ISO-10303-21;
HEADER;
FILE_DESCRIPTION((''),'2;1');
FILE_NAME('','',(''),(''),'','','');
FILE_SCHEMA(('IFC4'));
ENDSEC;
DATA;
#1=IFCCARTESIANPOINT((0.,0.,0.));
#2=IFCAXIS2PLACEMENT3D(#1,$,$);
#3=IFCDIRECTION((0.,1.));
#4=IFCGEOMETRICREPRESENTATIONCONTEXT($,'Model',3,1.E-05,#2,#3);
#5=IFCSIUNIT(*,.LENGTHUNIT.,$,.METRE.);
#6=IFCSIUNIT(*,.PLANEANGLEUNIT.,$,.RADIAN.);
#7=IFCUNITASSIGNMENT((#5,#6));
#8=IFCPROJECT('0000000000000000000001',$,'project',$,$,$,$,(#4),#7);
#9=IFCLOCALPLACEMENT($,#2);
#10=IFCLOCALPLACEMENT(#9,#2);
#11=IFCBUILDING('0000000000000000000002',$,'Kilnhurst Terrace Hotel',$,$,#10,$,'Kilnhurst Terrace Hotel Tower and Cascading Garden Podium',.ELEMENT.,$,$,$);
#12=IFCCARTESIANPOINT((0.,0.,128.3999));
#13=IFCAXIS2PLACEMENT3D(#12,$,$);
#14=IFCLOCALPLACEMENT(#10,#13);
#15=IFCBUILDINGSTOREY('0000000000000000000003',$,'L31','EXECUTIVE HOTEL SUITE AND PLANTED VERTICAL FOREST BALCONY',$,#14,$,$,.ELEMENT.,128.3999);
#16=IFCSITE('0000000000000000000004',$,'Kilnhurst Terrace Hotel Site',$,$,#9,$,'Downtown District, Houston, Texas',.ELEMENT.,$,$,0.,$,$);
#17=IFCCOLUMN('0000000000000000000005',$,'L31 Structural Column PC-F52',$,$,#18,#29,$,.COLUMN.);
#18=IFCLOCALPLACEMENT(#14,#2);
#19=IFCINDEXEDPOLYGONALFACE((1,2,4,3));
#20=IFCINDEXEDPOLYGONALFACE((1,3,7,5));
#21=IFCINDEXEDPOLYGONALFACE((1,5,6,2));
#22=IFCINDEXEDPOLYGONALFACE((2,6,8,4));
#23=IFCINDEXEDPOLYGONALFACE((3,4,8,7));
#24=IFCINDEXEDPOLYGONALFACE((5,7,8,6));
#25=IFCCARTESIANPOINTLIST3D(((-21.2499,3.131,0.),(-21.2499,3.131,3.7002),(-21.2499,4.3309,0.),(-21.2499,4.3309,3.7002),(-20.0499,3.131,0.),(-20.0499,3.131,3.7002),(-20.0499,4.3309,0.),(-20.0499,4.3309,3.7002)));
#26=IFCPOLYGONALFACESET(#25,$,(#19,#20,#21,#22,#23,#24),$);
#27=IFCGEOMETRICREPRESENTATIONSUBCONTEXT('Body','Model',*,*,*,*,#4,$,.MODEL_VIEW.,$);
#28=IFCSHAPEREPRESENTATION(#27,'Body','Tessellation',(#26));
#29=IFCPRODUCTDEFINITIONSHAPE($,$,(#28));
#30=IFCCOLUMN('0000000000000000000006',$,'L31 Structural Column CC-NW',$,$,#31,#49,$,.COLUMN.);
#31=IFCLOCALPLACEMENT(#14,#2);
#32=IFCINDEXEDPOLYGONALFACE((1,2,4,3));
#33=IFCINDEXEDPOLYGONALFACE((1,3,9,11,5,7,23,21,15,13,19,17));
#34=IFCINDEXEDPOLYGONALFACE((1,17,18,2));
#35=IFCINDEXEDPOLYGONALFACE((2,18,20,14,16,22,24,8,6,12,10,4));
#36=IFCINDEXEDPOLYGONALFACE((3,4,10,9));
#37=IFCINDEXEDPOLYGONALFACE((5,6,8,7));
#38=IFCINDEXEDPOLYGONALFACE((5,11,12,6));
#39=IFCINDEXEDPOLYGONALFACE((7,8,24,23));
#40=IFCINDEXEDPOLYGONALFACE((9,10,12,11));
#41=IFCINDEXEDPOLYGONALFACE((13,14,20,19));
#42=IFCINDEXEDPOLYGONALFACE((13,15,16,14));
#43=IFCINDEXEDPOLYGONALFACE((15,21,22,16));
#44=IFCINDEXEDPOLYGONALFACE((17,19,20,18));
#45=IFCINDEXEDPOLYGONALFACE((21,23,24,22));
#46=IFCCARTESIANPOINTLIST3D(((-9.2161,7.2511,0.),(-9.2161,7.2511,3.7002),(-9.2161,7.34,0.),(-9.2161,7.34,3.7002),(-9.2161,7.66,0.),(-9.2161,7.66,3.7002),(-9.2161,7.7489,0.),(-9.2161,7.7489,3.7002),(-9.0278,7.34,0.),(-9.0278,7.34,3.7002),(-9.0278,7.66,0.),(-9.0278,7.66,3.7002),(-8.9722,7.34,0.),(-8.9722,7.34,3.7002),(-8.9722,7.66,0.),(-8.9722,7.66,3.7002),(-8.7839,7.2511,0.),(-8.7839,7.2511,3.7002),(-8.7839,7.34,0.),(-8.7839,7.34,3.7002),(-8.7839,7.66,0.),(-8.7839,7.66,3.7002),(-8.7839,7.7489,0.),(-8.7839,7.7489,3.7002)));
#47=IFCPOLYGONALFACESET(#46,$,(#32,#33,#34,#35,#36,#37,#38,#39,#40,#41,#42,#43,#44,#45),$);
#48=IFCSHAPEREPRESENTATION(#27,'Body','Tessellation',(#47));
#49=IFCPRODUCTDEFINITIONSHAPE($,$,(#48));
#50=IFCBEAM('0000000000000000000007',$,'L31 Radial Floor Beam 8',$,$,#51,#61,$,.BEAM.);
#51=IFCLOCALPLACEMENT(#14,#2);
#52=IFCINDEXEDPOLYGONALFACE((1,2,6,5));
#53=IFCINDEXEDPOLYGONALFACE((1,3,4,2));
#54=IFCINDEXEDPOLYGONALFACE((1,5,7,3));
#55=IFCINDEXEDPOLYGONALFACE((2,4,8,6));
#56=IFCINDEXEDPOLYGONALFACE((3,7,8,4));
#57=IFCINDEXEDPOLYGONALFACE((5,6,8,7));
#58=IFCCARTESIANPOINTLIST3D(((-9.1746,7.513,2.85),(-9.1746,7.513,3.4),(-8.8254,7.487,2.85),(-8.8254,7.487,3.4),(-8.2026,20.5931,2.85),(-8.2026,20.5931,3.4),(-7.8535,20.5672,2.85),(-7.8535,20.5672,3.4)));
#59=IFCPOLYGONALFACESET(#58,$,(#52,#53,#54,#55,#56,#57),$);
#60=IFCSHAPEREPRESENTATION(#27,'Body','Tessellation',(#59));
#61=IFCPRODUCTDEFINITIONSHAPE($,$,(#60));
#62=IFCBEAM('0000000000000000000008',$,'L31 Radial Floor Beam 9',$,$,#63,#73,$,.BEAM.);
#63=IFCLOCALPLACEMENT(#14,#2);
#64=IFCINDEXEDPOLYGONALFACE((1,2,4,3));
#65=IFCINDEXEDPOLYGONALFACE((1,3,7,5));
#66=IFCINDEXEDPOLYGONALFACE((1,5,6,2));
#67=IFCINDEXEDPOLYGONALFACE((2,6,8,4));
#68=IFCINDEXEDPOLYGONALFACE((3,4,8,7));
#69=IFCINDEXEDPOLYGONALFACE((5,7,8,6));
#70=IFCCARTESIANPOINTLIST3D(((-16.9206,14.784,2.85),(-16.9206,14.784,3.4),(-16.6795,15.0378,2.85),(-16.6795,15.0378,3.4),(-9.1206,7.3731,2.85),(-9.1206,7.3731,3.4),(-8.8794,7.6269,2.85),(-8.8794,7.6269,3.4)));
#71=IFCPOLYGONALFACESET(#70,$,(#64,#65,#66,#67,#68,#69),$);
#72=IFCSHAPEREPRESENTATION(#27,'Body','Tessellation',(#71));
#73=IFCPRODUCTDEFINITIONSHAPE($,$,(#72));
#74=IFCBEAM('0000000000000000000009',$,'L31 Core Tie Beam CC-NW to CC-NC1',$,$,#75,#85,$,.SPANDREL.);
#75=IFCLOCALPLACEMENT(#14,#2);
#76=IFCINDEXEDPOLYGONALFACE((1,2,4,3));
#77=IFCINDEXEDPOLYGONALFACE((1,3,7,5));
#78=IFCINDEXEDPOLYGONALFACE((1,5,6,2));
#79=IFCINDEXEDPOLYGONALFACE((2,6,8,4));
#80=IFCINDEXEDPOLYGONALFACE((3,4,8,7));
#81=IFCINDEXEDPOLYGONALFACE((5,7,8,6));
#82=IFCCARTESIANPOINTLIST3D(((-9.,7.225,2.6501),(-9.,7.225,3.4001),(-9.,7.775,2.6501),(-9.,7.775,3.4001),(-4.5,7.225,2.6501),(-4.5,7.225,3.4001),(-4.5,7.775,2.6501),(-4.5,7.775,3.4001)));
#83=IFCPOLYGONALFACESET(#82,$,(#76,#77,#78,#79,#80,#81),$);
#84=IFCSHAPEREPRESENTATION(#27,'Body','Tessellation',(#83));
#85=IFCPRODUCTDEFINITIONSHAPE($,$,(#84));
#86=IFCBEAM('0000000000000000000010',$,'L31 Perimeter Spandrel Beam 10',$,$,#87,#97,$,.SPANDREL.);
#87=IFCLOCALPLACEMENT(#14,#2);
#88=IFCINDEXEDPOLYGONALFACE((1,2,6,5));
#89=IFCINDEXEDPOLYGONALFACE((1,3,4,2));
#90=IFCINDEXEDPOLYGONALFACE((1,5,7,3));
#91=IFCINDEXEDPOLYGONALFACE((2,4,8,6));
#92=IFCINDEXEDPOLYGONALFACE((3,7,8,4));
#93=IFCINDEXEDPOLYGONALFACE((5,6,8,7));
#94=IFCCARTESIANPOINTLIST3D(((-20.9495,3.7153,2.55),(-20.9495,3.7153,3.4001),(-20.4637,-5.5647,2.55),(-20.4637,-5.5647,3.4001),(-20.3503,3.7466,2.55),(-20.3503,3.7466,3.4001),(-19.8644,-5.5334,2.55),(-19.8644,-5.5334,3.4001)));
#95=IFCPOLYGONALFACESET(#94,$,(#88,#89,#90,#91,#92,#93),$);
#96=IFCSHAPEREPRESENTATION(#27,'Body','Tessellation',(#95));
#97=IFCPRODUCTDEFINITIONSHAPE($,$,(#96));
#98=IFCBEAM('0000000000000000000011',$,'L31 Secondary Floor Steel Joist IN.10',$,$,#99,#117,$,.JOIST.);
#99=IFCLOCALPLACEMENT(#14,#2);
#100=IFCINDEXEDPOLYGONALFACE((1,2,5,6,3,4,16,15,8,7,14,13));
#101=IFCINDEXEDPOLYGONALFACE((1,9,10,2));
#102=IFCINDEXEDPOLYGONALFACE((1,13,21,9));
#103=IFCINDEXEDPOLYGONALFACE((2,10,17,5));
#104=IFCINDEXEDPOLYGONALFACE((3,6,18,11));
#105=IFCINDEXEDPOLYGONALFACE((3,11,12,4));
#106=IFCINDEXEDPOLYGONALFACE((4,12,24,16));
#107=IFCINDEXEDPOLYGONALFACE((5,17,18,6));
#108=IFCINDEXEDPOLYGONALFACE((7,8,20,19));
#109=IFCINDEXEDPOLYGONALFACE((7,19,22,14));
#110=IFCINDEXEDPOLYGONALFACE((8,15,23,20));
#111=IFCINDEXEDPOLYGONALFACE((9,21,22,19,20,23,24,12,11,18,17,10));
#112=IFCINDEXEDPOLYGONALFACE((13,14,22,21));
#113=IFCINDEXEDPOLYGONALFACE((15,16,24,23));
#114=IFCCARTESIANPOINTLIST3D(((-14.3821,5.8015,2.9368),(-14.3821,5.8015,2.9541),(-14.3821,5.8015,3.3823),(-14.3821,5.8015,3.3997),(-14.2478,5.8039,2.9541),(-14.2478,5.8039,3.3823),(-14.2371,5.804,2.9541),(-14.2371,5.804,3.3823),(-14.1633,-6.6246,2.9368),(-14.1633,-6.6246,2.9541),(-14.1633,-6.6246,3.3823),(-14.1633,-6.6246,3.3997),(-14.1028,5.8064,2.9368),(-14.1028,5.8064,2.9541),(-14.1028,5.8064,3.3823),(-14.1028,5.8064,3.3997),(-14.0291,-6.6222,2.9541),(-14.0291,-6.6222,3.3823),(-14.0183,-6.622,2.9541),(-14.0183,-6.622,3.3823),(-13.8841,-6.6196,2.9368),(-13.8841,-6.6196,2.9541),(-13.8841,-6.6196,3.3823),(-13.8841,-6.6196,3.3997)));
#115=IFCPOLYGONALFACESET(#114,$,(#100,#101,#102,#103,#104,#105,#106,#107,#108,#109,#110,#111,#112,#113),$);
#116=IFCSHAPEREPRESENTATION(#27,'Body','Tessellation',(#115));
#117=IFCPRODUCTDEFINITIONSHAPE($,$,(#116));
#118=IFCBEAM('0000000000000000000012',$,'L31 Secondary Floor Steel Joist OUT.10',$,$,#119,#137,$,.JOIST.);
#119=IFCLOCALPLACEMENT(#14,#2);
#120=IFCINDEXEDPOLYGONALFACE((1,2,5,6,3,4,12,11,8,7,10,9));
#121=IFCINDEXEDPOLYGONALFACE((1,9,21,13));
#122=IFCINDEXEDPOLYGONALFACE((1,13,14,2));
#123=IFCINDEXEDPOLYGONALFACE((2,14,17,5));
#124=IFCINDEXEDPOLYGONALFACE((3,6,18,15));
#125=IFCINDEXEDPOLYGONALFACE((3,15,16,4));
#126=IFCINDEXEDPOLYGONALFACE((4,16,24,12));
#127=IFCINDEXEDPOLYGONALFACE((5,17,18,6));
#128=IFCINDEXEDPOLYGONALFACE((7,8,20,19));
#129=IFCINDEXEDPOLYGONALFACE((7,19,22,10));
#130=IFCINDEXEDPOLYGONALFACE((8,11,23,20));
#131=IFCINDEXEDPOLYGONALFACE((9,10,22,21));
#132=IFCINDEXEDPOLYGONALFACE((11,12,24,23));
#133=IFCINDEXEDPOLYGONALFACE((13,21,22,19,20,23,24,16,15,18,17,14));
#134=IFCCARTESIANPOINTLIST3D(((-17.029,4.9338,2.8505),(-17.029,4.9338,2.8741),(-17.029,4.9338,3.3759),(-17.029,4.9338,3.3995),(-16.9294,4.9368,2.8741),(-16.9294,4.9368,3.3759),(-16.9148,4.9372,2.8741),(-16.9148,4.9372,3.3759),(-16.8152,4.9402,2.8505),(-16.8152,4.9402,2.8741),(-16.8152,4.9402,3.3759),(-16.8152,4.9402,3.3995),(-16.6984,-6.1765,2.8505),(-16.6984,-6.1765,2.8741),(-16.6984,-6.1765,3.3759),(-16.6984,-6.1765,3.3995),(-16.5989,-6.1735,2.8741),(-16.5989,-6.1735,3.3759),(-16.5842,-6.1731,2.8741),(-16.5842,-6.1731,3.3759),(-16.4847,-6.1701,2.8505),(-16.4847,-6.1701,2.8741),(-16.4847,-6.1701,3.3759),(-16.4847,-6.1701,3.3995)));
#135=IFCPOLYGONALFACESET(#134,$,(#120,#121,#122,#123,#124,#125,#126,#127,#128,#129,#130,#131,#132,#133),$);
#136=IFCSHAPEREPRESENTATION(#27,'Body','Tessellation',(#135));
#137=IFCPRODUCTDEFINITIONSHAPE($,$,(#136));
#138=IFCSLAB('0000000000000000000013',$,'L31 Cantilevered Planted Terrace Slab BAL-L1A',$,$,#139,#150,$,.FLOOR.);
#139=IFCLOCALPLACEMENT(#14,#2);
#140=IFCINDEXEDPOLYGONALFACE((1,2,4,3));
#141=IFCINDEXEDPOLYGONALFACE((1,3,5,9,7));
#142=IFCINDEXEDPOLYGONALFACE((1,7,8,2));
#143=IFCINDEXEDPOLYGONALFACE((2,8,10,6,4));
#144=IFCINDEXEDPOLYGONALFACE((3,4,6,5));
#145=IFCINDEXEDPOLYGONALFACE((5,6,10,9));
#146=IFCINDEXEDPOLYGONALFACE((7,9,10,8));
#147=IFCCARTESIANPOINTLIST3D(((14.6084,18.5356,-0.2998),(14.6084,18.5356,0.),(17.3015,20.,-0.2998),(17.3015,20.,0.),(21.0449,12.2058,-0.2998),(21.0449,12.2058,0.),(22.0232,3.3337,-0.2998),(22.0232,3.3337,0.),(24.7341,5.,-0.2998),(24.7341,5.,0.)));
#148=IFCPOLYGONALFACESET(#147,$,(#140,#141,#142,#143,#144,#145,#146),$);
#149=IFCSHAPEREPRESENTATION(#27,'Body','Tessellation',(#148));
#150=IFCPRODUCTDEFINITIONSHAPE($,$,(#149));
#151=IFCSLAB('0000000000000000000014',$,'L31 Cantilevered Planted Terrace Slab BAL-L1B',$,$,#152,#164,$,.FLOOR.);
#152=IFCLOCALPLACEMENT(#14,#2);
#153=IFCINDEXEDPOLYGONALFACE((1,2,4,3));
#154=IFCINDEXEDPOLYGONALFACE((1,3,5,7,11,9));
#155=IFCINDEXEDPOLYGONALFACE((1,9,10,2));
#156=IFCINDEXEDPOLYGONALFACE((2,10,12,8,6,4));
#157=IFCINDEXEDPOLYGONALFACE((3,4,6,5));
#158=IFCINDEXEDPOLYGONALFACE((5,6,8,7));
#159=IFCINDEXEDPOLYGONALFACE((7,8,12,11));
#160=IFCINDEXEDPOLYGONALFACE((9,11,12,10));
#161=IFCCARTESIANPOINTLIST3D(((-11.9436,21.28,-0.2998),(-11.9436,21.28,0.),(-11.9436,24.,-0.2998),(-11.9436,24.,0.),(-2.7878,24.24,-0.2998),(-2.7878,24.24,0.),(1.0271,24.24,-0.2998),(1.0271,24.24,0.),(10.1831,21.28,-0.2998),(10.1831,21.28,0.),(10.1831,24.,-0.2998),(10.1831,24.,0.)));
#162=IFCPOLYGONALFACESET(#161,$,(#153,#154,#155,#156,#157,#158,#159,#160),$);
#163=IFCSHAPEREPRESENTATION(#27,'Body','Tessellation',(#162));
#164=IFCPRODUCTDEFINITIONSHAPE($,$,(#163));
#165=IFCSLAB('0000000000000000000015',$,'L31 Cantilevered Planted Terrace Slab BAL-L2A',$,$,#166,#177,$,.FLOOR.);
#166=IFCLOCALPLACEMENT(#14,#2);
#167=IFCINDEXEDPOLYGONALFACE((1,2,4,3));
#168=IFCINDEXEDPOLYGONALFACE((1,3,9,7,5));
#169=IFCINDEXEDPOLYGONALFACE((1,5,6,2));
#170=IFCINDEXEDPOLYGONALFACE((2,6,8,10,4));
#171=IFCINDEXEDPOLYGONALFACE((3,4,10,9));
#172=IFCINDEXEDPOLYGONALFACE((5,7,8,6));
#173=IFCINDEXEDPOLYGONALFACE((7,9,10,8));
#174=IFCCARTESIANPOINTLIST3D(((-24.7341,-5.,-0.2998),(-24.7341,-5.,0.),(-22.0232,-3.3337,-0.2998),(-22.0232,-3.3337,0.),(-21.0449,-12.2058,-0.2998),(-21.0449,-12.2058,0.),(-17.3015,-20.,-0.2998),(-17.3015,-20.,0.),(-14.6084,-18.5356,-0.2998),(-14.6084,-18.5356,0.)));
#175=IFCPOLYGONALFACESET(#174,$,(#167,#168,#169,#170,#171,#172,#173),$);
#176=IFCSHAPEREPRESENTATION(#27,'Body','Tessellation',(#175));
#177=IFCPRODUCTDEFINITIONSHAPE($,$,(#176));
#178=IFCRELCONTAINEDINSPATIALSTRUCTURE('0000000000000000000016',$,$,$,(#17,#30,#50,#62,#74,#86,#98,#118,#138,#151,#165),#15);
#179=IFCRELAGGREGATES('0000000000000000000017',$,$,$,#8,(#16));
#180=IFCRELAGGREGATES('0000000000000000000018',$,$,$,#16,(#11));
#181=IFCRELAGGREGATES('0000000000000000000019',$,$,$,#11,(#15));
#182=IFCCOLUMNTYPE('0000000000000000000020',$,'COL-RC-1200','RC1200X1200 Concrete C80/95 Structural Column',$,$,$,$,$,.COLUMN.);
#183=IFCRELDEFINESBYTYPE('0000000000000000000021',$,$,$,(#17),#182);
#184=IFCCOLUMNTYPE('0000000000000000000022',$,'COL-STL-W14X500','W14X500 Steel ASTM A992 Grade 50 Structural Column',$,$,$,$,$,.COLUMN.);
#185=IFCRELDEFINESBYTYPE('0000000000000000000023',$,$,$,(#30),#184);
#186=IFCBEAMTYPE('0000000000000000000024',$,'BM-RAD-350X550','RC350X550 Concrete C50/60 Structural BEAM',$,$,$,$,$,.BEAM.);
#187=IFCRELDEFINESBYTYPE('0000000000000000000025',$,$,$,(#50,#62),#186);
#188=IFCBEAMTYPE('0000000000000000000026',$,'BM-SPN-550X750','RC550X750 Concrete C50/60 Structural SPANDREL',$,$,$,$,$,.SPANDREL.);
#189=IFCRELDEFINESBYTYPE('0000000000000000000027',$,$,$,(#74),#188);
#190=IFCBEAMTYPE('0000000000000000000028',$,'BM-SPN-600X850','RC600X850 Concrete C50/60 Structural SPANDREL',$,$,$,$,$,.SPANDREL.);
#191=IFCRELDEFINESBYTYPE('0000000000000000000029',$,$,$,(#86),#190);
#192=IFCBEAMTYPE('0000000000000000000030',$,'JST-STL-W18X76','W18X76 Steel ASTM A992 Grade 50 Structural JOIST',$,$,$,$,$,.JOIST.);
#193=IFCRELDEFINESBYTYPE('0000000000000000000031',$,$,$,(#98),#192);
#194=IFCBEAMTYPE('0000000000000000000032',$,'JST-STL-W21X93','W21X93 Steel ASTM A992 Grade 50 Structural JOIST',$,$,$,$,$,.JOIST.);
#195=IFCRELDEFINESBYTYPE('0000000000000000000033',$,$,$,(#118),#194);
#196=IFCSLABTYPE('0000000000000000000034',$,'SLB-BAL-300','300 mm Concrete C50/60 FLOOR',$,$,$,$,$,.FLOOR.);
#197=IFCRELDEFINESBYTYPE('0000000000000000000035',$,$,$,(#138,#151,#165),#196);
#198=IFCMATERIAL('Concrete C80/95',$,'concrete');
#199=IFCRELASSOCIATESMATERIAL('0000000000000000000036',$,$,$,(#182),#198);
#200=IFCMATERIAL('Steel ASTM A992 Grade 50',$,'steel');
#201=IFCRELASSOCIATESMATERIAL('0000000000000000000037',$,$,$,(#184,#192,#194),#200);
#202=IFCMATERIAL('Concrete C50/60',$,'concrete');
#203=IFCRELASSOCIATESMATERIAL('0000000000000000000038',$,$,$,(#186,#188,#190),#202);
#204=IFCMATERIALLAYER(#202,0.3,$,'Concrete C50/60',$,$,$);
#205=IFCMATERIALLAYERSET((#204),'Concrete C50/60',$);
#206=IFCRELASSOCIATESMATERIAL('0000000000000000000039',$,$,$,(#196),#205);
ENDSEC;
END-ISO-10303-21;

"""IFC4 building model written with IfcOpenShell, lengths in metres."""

from ifc_helpers import new_model, si_unit, direction, frame, origin, origin_2d, place, context, subcontext, project, spatial, polyline, rectangle, i_section, outline, extrude, material, layer, layer_set, material_profile, profile_set, type_object, element, save


model = new_model("IFC4")

# Units and contexts
model_context = context("Model", 3, precision=1e-05, world=origin(), true_north=direction((0.0, 1.0)))
body_context = subcontext(model_context, "Body", "Model", "MODEL_VIEW")
ifc_project = project(units=[si_unit("LENGTHUNIT", "METRE"), si_unit("PLANEANGLEUNIT", "RADIAN")], contexts=[model_context])

# Site, building, storey
site_placement = place(None, origin())
site = spatial("IfcSite", under=ifc_project, at=site_placement, Name="Kilnhurst Terrace Hotel Site", LongName="Downtown District, Houston, Texas", CompositionType="ELEMENT", RefElevation=0.0)
building_placement = place(site_placement, origin())
building = spatial("IfcBuilding", under=site, at=building_placement, Name="Kilnhurst Terrace Hotel", LongName="Kilnhurst Terrace Hotel Tower and Cascading Garden Podium", CompositionType="ELEMENT")
storey_placement = place(building_placement, frame((0.0, 0.0, 128.3999)))
storey = spatial("IfcBuildingStorey", under=building, at=storey_placement, Name="L31", Description="EXECUTIVE HOTEL SUITE AND PLANTED VERTICAL FOREST BALCONY", CompositionType="ELEMENT", Elevation=128.3999)

# Columns
ifc_material_1 = material(Name="Concrete C80/95", Category="concrete")
ifc_material_profile_1 = material_profile(ifc_material_1, rectangle(XDim=1.2, YDim=1.2, at=origin_2d()), Name="RC1200X1200")
ifc_profile_set_1 = profile_set([ifc_material_profile_1], Name="Concrete C80/95")
column_type_1 = type_object("IfcColumnType", Name="COL-RC-1200", Description="RC1200X1200 Concrete C80/95 Structural Column", PredefinedType="COLUMN", material=ifc_profile_set_1)
column_1_placement = place(storey_placement, frame((-20.6499, 3.731, 0.0), z_axis=(0.0, 0.0, 1.0), x_axis=(1.0, 0.0, 0.0)))
element("IfcColumn", 1, at=column_1_placement, inside=storey, type_object=column_type_1, Name="L31 Structural Column PC-F52", PredefinedType="COLUMN", context=body_context, shape_type="SweptSolid", body=[
    extrude(rectangle(XDim=1.2, YDim=1.2, at=origin_2d()), origin(), (0.0, 0.0, 1.0), 3.7002),
])
ifc_material_2 = material(Name="Steel ASTM A992 Grade 50", Category="steel")
ifc_material_profile_2 = material_profile(ifc_material_2, i_section(OverallWidth=0.4321, OverallDepth=0.4978, WebThickness=0.0557, FlangeThickness=0.0889, at=origin_2d()), Name="W14X500")
ifc_profile_set_2 = profile_set([ifc_material_profile_2], Name="Steel ASTM A992 Grade 50")
column_type_2 = type_object("IfcColumnType", Name="COL-STL-W14X500", Description="W14X500 Steel ASTM A992 Grade 50 Structural Column", PredefinedType="COLUMN", material=ifc_profile_set_2)
column_2_placement = place(storey_placement, frame((-9.0, 7.5, 0.0), z_axis=(0.0, 0.0, 1.0), x_axis=(1.0, 0.0, 0.0)))
element("IfcColumn", 2, at=column_2_placement, inside=storey, type_object=column_type_2, Name="L31 Structural Column CC-NW", PredefinedType="COLUMN", context=body_context, shape_type="SweptSolid", body=[
    extrude(i_section(OverallWidth=0.4321, OverallDepth=0.4978, WebThickness=0.0557, FlangeThickness=0.0889, at=origin_2d()), origin(), (0.0, 0.0, 1.0), 3.7002),
])

# Beams
ifc_material_3 = material(Name="Concrete C50/60", Category="concrete")
ifc_material_profile_3 = material_profile(ifc_material_3, rectangle(XDim=0.3501, YDim=0.55, at=origin_2d()), Name="RC350X550")
ifc_profile_set_3 = profile_set([ifc_material_profile_3], Name="Concrete C50/60")
beam_type_1 = type_object("IfcBeamType", Name="BM-RAD-350X550", Description="RC350X550 Concrete C50/60 Structural BEAM", PredefinedType="BEAM", material=ifc_profile_set_3)
beam_1_placement = place(storey_placement, frame((-9.0, 7.5, 3.125), z_axis=(0.074101, 0.997251, 0.0), x_axis=(-0.997251, 0.074101, 0.0)))
element("IfcBeam", 3, at=beam_1_placement, inside=storey, type_object=beam_type_1, Name="L31 Radial Floor Beam 8", PredefinedType="BEAM", context=body_context, shape_type="SweptSolid", body=[
    extrude(rectangle(XDim=0.3501, YDim=0.55, at=origin_2d()), origin(), (0.0, 0.0, 1.0), 13.1162),
])
beam_2_placement = place(storey_placement, frame((-9.0, 7.5, 3.125), z_axis=(-0.72496, 0.688791, 0.0), x_axis=(-0.688791, -0.72496, 0.0)))
element("IfcBeam", 4, at=beam_2_placement, inside=storey, type_object=beam_type_1, Name="L31 Radial Floor Beam 9", PredefinedType="BEAM", context=body_context, shape_type="SweptSolid", body=[
    extrude(rectangle(XDim=0.3501, YDim=0.55, at=origin_2d()), origin(), (0.0, 0.0, 1.0), 10.7593),
])
ifc_material_profile_4 = material_profile(ifc_material_3, rectangle(XDim=0.55, YDim=0.75, at=origin_2d()), Name="RC550X750")
ifc_profile_set_4 = profile_set([ifc_material_profile_4], Name="Concrete C50/60")
beam_type_2 = type_object("IfcBeamType", Name="BM-SPN-550X750", Description="RC550X750 Concrete C50/60 Structural SPANDREL", PredefinedType="SPANDREL", material=ifc_profile_set_4)
beam_3_placement = place(storey_placement, frame((-9.0, 7.5, 3.0251), z_axis=(1.0, 0.0, 0.0), x_axis=(0.0, 1.0, 0.0)))
element("IfcBeam", 5, at=beam_3_placement, inside=storey, type_object=beam_type_2, Name="L31 Core Tie Beam CC-NW to CC-NC1", PredefinedType="SPANDREL", context=body_context, shape_type="SweptSolid", body=[
    extrude(rectangle(XDim=0.55, YDim=0.75, at=origin_2d()), origin(), (0.0, 0.0, 1.0), 4.5),
])
ifc_material_profile_5 = material_profile(ifc_material_3, rectangle(XDim=0.6001, YDim=0.8501, at=origin_2d()), Name="RC600X850")
ifc_profile_set_5 = profile_set([ifc_material_profile_5], Name="Concrete C50/60")
beam_type_3 = type_object("IfcBeamType", Name="BM-SPN-600X850", Description="RC600X850 Concrete C50/60 Structural SPANDREL", PredefinedType="SPANDREL", material=ifc_profile_set_5)
beam_4_placement = place(storey_placement, frame((-20.6499, 3.731, 2.9751), z_axis=(0.052282, -0.998632, 0.0), x_axis=(0.998632, 0.052282, 0.0)))
element("IfcBeam", 6, at=beam_4_placement, inside=storey, type_object=beam_type_3, Name="L31 Perimeter Spandrel Beam 10", PredefinedType="SPANDREL", context=body_context, shape_type="SweptSolid", body=[
    extrude(rectangle(XDim=0.6001, YDim=0.8501, at=origin_2d()), origin(), (0.0, 0.0, 1.0), 9.2927),
])
ifc_material_profile_6 = material_profile(ifc_material_2, i_section(OverallWidth=0.2793, OverallDepth=0.4629, WebThickness=0.0107, FlangeThickness=0.0173, at=origin_2d()), Name="W18X76")
ifc_profile_set_6 = profile_set([ifc_material_profile_6], Name="Steel ASTM A992 Grade 50")
beam_type_4 = type_object("IfcBeamType", Name="JST-STL-W18X76", Description="W18X76 Steel ASTM A992 Grade 50 Structural JOIST", PredefinedType="JOIST", material=ifc_profile_set_6)
beam_5_placement = place(storey_placement, frame((-14.2424, 5.804, 3.1682), z_axis=(0.017601, -0.999845, 0.0), x_axis=(0.999845, 0.017601, 0.0)))
element("IfcBeam", 7, at=beam_5_placement, inside=storey, type_object=beam_type_4, Name="L31 Secondary Floor Steel Joist IN.10", PredefinedType="JOIST", context=body_context, shape_type="SweptSolid", body=[
    extrude(i_section(OverallWidth=0.2793, OverallDepth=0.4629, WebThickness=0.0107, FlangeThickness=0.0173, at=origin_2d()), origin(), (0.0, 0.0, 1.0), 12.428),
])
ifc_material_profile_7 = material_profile(ifc_material_2, i_section(OverallWidth=0.2139, OverallDepth=0.5491, WebThickness=0.0146, FlangeThickness=0.0237, at=origin_2d()), Name="W21X93")
ifc_profile_set_7 = profile_set([ifc_material_profile_7], Name="Steel ASTM A992 Grade 50")
beam_type_5 = type_object("IfcBeamType", Name="JST-STL-W21X93", Description="W21X93 Steel ASTM A992 Grade 50 Structural JOIST", PredefinedType="JOIST", material=ifc_profile_set_7)
beam_6_placement = place(storey_placement, frame((-16.9221, 4.937, 3.125), z_axis=(0.02974, -0.999558, 0.0), x_axis=(0.999558, 0.02974, 0.0)))
element("IfcBeam", 8, at=beam_6_placement, inside=storey, type_object=beam_type_5, Name="L31 Secondary Floor Steel Joist OUT.10", PredefinedType="JOIST", context=body_context, shape_type="SweptSolid", body=[
    extrude(i_section(OverallWidth=0.2139, OverallDepth=0.5491, WebThickness=0.0146, FlangeThickness=0.0237, at=origin_2d()), origin(), (0.0, 0.0, 1.0), 11.1152),
])

# Slabs
ifc_layer_1 = layer(ifc_material_3, 0.3, Name="Concrete C50/60")
ifc_layer_set_1 = layer_set([ifc_layer_1], Name="Concrete C50/60")
slab_type = type_object("IfcSlabType", Name="SLB-BAL-300", Description="300 mm Concrete C50/60 FLOOR", PredefinedType="FLOOR", material=ifc_layer_set_1)
slab_1_placement = place(storey_placement, frame((0.0, 0.0, -0.2998)))
element("IfcSlab", 9, at=slab_1_placement, inside=storey, type_object=slab_type, Name="L31 Cantilevered Planted Terrace Slab BAL-L1A", PredefinedType="FLOOR", context=body_context, shape_type="SweptSolid", body=[
    extrude(outline(polyline([(21.0449, 12.2058), (24.7341, 5.0), (22.0232, 3.3337), (14.6084, 18.5356), (17.3015, 20.0), (21.0449, 12.2058)])), origin(), (0.0, 0.0, 1.0), 0.2998),
])
slab_2_placement = place(storey_placement, frame((0.0, 0.0, -0.2998)))
element("IfcSlab", 10, at=slab_2_placement, inside=storey, type_object=slab_type, Name="L31 Cantilevered Planted Terrace Slab BAL-L1B", PredefinedType="FLOOR", context=body_context, shape_type="SweptSolid", body=[
    extrude(outline(polyline([(1.0271, 24.24), (10.1831, 24.0), (10.1831, 21.28), (-11.9436, 21.28), (-11.9436, 24.0), (-2.7878, 24.24), (1.0271, 24.24)])), origin(), (0.0, 0.0, 1.0), 0.2998),
])
slab_3_placement = place(storey_placement, frame((0.0, 0.0, -0.2998)))
element("IfcSlab", 11, at=slab_3_placement, inside=storey, type_object=slab_type, Name="L31 Cantilevered Planted Terrace Slab BAL-L2A", PredefinedType="FLOOR", context=body_context, shape_type="SweptSolid", body=[
    extrude(outline(polyline([(-24.7341, -5.0), (-22.0232, -3.3337), (-14.6084, -18.5356), (-17.3015, -20.0), (-21.0449, -12.2058), (-24.7341, -5.0)])), origin(), (0.0, 0.0, 1.0), 0.2998),
])

save(model, "model.ifc")
